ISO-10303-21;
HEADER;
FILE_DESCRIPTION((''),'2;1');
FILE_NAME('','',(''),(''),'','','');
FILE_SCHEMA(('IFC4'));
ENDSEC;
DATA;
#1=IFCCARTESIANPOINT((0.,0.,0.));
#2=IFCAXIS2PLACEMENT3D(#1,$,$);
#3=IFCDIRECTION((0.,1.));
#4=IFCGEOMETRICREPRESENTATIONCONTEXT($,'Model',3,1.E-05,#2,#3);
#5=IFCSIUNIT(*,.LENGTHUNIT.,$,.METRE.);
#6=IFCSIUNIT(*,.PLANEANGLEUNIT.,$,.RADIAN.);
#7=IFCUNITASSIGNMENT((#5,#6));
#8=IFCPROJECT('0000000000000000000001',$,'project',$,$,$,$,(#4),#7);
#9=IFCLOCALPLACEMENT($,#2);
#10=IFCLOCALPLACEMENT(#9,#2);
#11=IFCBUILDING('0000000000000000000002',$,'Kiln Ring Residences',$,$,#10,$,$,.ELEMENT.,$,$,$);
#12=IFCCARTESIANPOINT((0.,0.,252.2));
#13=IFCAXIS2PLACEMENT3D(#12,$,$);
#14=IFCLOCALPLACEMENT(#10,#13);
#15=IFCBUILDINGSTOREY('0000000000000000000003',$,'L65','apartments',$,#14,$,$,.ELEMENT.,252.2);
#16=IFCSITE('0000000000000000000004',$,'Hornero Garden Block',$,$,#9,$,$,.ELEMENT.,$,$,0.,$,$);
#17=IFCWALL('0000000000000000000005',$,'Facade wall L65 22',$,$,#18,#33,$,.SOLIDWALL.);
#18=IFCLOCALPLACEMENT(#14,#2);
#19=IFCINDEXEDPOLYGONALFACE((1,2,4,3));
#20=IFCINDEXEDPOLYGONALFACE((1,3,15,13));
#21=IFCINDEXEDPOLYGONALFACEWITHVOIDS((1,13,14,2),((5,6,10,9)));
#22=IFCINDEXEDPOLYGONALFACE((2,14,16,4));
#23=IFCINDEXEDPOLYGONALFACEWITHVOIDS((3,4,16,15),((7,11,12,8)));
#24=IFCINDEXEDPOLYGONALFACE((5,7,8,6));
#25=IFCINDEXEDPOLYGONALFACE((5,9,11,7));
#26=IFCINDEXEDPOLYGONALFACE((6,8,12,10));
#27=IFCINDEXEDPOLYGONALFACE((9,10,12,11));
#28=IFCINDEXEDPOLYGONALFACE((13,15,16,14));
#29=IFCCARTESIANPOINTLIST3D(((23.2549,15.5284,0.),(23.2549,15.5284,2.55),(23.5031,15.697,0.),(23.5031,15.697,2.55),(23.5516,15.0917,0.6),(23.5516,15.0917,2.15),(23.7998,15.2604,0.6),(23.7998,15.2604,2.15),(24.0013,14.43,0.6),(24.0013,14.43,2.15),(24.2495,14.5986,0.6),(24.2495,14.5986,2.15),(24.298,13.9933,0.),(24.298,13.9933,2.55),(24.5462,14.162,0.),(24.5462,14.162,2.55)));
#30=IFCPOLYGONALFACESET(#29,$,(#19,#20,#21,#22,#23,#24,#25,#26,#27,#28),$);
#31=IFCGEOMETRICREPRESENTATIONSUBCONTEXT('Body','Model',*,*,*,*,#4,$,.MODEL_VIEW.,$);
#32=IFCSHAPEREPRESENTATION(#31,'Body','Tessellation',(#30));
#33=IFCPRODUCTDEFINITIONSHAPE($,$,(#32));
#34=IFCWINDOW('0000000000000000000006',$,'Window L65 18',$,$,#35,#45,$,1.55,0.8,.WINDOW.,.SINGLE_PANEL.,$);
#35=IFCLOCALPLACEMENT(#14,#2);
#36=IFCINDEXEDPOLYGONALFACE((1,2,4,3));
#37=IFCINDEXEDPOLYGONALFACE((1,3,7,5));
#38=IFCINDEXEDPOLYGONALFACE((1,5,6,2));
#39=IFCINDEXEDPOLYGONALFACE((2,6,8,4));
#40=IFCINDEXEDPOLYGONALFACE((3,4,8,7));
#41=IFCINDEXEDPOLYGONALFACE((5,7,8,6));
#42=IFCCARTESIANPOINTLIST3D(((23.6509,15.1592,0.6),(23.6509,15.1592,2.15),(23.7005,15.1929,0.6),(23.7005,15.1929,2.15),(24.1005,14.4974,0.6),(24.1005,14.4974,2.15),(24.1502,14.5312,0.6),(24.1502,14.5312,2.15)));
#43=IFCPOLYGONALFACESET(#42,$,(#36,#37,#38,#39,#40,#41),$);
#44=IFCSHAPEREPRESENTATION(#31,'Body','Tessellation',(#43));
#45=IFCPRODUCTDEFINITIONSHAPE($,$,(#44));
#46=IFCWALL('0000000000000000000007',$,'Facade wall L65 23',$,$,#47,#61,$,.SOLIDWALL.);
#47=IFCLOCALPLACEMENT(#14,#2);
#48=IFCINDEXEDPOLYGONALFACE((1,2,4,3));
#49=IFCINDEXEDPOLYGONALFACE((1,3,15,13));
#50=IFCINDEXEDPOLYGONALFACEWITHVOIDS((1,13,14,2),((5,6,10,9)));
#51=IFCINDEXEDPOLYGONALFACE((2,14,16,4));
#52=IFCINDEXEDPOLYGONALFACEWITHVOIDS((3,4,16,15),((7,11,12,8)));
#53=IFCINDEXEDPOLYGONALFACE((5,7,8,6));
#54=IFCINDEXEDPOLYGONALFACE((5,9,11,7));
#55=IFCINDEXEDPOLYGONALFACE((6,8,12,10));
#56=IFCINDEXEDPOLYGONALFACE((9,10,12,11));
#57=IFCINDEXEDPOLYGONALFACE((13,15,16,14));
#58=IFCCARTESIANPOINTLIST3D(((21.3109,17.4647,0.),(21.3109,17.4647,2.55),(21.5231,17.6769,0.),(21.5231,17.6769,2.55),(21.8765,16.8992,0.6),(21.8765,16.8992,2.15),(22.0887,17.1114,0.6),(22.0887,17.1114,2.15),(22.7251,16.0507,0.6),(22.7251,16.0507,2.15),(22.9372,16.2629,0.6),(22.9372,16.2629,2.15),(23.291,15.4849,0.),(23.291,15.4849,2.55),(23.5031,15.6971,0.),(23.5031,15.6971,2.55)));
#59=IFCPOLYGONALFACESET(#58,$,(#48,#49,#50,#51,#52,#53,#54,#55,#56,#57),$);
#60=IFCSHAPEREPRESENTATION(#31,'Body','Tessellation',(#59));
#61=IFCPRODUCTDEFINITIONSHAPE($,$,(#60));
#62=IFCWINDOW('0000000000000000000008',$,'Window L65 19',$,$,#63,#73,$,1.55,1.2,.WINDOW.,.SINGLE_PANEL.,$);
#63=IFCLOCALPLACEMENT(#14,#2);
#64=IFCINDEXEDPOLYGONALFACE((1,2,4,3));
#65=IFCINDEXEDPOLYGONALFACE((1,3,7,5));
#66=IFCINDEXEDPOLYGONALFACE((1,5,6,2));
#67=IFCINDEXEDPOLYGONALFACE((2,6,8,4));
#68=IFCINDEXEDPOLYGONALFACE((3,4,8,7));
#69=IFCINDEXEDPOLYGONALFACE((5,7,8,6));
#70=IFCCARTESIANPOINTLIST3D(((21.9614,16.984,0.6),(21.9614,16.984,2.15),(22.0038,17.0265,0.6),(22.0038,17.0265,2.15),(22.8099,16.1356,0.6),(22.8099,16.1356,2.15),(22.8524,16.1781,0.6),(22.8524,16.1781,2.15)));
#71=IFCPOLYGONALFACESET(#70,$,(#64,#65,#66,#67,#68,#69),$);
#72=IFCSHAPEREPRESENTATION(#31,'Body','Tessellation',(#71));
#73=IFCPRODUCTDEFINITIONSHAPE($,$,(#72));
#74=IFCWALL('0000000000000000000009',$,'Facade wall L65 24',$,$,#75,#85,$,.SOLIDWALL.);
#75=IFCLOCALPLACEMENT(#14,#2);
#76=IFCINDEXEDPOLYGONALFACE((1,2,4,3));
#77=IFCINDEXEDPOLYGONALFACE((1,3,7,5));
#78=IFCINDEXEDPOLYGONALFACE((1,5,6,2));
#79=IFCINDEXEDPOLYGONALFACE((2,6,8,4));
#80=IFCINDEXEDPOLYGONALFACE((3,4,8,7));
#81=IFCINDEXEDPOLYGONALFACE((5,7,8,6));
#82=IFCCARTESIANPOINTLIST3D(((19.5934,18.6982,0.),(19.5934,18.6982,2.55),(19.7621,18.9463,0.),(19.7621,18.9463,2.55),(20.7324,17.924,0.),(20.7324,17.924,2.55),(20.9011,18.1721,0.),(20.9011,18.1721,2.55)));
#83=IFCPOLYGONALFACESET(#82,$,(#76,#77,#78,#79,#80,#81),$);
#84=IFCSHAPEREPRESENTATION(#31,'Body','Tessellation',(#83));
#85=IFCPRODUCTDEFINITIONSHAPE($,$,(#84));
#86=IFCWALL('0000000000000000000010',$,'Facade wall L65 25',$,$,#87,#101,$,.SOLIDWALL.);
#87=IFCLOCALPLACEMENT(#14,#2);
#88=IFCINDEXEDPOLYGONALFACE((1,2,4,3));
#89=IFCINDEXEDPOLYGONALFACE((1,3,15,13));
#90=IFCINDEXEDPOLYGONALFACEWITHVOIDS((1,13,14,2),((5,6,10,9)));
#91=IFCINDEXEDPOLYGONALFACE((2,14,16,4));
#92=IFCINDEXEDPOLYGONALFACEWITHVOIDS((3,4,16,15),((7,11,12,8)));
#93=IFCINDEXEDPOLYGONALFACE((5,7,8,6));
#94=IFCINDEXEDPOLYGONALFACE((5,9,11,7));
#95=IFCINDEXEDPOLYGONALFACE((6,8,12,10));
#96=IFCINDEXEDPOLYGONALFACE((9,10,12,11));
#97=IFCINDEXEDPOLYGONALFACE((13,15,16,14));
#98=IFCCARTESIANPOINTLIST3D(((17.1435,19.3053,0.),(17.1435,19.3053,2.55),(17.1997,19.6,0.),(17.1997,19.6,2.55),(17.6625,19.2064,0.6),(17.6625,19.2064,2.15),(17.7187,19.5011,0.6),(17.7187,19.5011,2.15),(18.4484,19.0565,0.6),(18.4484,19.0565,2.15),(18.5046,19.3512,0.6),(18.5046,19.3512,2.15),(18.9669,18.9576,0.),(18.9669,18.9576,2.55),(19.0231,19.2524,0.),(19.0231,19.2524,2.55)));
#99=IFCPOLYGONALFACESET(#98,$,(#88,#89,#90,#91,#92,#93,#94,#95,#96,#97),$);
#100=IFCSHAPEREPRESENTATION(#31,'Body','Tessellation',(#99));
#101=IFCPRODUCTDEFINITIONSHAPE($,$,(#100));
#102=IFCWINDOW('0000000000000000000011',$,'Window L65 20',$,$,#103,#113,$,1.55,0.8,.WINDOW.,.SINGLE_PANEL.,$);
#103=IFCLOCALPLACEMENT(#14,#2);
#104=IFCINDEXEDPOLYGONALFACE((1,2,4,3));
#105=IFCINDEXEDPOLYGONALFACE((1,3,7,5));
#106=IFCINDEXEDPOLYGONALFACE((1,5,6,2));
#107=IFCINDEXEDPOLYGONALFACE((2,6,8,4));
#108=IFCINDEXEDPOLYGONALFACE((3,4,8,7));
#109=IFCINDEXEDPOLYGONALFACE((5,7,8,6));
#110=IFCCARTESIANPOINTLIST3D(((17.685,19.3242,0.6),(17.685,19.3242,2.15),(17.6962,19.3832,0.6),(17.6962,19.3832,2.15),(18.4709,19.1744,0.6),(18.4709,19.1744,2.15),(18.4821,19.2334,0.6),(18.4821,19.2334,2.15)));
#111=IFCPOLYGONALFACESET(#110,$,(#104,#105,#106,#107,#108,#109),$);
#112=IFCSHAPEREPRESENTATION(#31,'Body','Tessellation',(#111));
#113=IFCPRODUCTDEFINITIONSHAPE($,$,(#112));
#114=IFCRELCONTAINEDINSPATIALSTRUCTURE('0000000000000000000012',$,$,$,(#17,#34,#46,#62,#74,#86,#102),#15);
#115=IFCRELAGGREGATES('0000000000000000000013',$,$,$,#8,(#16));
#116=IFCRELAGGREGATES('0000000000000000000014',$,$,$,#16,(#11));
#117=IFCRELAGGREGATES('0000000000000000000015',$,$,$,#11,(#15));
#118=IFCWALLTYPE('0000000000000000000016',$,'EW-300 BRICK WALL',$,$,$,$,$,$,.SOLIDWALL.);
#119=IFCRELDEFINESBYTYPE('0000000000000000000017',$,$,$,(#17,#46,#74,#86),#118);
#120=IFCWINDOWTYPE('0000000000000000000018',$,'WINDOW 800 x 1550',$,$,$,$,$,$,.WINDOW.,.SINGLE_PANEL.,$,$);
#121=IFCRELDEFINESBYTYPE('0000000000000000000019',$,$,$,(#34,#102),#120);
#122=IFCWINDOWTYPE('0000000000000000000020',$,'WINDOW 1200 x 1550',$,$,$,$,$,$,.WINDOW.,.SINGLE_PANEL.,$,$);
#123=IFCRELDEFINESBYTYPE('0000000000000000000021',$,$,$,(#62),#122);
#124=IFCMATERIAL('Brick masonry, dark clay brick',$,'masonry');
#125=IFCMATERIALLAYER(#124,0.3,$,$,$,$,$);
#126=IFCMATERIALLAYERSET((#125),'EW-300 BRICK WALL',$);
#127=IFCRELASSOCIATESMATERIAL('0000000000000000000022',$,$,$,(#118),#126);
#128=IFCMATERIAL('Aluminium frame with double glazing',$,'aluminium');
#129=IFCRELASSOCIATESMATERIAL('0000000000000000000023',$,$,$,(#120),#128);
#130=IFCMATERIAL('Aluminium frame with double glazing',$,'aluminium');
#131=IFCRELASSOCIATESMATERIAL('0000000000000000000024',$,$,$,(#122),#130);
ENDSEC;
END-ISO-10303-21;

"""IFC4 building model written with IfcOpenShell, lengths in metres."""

from ifc_helpers import new_model, si_unit, direction, frame, frame_2d, origin, place, context, subcontext, project, spatial, rectangle, extrude, material, layer, layer_set, type_object, element, fill, save


model = new_model("IFC4")

# Units and contexts
model_context = context("Model", 3, precision=1e-05, world=origin(), true_north=direction((0.0, 1.0)))
body_context = subcontext(model_context, "Body", "Model", "MODEL_VIEW")
ifc_project = project(units=[si_unit("LENGTHUNIT", "METRE"), si_unit("PLANEANGLEUNIT", "RADIAN")], contexts=[model_context])

# Site, building, storey
site_placement = place(None, origin())
site = spatial("IfcSite", under=ifc_project, at=site_placement, Name="Hornero Garden Block", CompositionType="ELEMENT", RefElevation=0.0)
building_placement = place(site_placement, origin())
building = spatial("IfcBuilding", under=site, at=building_placement, Name="Kiln Ring Residences", CompositionType="ELEMENT")
storey_placement = place(building_placement, frame((0.0, 0.0, 252.2)))
storey = spatial("IfcBuildingStorey", under=building, at=storey_placement, Name="L65", Description="apartments", CompositionType="ELEMENT", Elevation=252.2)

# Shared definitions
ifc_material_1 = material(Name="Brick masonry, dark clay brick", Category="masonry")
ifc_layer_1 = layer(ifc_material_1, 0.3)
ifc_layer_set_1 = layer_set([ifc_layer_1], Name="EW-300 BRICK WALL")
wall_type_1 = type_object("IfcWallType", Name="EW-300 BRICK WALL", PredefinedType="SOLIDWALL", material=ifc_layer_set_1)

# Walls, openings, windows
wall_1_placement = place(storey_placement, frame((24.4221, 14.0776, 0.0), z_axis=(0.0, 0.0, 1.0), x_axis=(-0.562055, 0.8271, 0.0)))
wall_1 = element("IfcWall", 1, at=wall_1_placement, inside=storey, type_object=wall_type_1, Name="Facade wall L65 22", PredefinedType="SOLIDWALL", context=body_context, shape_type="SweptSolid", body=[
    extrude(rectangle(XDim=1.856, YDim=0.3, at=frame_2d((0.928, 0.0))), origin(), (0.0, 0.0, 1.0), 2.55),
])
opening_1_placement = place(wall_1_placement, frame((0.5281, 0.0, 0.6001)))
opening_1 = element("IfcOpeningElement", 2, at=opening_1_placement, cuts=wall_1, PredefinedType="OPENING", context=body_context, shape_type="SweptSolid", body=[
    extrude(rectangle(XDim=0.8, YDim=1.55, at=frame_2d((0.3999, 0.7749))), frame((0.0, 0.1599, 0.0), z_axis=(0.0, -1.0, 0.0), x_axis=(1.0, 0.0, 0.0)), (0.0, 0.0, 1.0), 0.3201),
])
ifc_material_2 = material(Name="Aluminium frame with double glazing", Category="aluminium")
window_type_1 = type_object("IfcWindowType", Name="WINDOW 800 x 1550", PartitioningType="SINGLE_PANEL", PredefinedType="WINDOW", material=ifc_material_2)
window_1_placement = place(opening_1_placement, origin())
window_1 = element("IfcWindow", 3, at=window_1_placement, inside=storey, type_object=window_type_1, Name="Window L65 18", OverallHeight=1.55, OverallWidth=0.8, PartitioningType="SINGLE_PANEL", PredefinedType="WINDOW", context=body_context, shape_type="SweptSolid", body=[
    extrude(rectangle(XDim=0.8, YDim=1.55, at=frame_2d((0.3999, 0.7749))), frame((0.0, 0.03, 0.0), z_axis=(0.0, -1.0, 0.0), x_axis=(1.0, 0.0, 0.0)), (0.0, 0.0, 1.0), 0.0601),
])
fill(opening_1, window_1)
wall_2_placement = place(storey_placement, frame((23.397, 15.5911, 0.0), z_axis=(0.0, 0.0, 1.0), x_axis=(-0.70715, 0.707063, 0.0)))
wall_2 = element("IfcWall", 4, at=wall_2_placement, inside=storey, type_object=wall_type_1, Name="Facade wall L65 23", PredefinedType="SOLIDWALL", context=body_context, shape_type="SweptSolid", body=[
    extrude(rectangle(XDim=2.8, YDim=0.3, at=frame_2d((1.3999, 0.0))), origin(), (0.0, 0.0, 1.0), 2.55),
])
opening_2_placement = place(wall_2_placement, frame((0.8, 0.0, 0.6001)))
opening_2 = element("IfcOpeningElement", 5, at=opening_2_placement, cuts=wall_2, PredefinedType="OPENING", context=body_context, shape_type="SweptSolid", body=[
    extrude(rectangle(XDim=1.2, YDim=1.55, at=frame_2d((0.6001, 0.7749))), frame((0.0, 0.1599, 0.0), z_axis=(0.0, -1.0, 0.0), x_axis=(1.0, 0.0, 0.0)), (0.0, 0.0, 1.0), 0.3201),
])
ifc_material_3 = material(Name="Aluminium frame with double glazing", Category="aluminium")
window_type_2 = type_object("IfcWindowType", Name="WINDOW 1200 x 1550", PartitioningType="SINGLE_PANEL", PredefinedType="WINDOW", material=ifc_material_3)
window_2_placement = place(opening_2_placement, origin())
window_2 = element("IfcWindow", 6, at=window_2_placement, inside=storey, type_object=window_type_2, Name="Window L65 19", OverallHeight=1.55, OverallWidth=1.2, PartitioningType="SINGLE_PANEL", PredefinedType="WINDOW", context=body_context, shape_type="SweptSolid", body=[
    extrude(rectangle(XDim=1.2, YDim=1.55, at=frame_2d((0.6001, 0.7749))), frame((0.0, 0.03, 0.0), z_axis=(0.0, -1.0, 0.0), x_axis=(1.0, 0.0, 0.0)), (0.0, 0.0, 1.0), 0.0601),
])
fill(opening_2, window_2)

# Wall
wall_3_placement = place(storey_placement, frame((20.8167, 18.0481, 0.0), z_axis=(0.0, 0.0, 1.0), x_axis=(-0.827025, 0.562165, 0.0)))
element("IfcWall", 7, at=wall_3_placement, inside=storey, type_object=wall_type_1, Name="Facade wall L65 24", PredefinedType="SOLIDWALL", context=body_context, shape_type="SweptSolid", body=[
    extrude(rectangle(XDim=1.3772, YDim=0.3, at=frame_2d((0.6885, 0.0))), origin(), (0.0, 0.0, 1.0), 2.55),
])

# Wall, opening, window
wall_4_placement = place(storey_placement, frame((18.9951, 19.105, 0.0), z_axis=(0.0, 0.0, 1.0), x_axis=(-0.982302, 0.187306, 0.0)))
wall_4 = element("IfcWall", 8, at=wall_4_placement, inside=storey, type_object=wall_type_1, Name="Facade wall L65 25", PredefinedType="SOLIDWALL", context=body_context, shape_type="SweptSolid", body=[
    extrude(rectangle(XDim=1.8562, YDim=0.3, at=frame_2d((0.9282, 0.0))), origin(), (0.0, 0.0, 1.0), 2.55),
])
opening_3_placement = place(wall_4_placement, frame((0.5281, 0.0, 0.6001)))
opening_3 = element("IfcOpeningElement", 9, at=opening_3_placement, cuts=wall_4, PredefinedType="OPENING", context=body_context, shape_type="SweptSolid", body=[
    extrude(rectangle(XDim=0.8, YDim=1.55, at=frame_2d((0.3999, 0.7749))), frame((0.0, 0.1599, 0.0), z_axis=(0.0, -1.0, 0.0), x_axis=(1.0, 0.0, 0.0)), (0.0, 0.0, 1.0), 0.3201),
])
window_3_placement = place(opening_3_placement, origin())
window_3 = element("IfcWindow", 10, at=window_3_placement, inside=storey, type_object=window_type_1, Name="Window L65 20", OverallHeight=1.55, OverallWidth=0.8, PartitioningType="SINGLE_PANEL", PredefinedType="WINDOW", context=body_context, shape_type="SweptSolid", body=[
    extrude(rectangle(XDim=0.8, YDim=1.55, at=frame_2d((0.3999, 0.7749))), frame((0.0, 0.03, 0.0), z_axis=(0.0, -1.0, 0.0), x_axis=(1.0, 0.0, 0.0)), (0.0, 0.0, 1.0), 0.0601),
])
fill(opening_3, window_3)

save(model, "model.ifc")
